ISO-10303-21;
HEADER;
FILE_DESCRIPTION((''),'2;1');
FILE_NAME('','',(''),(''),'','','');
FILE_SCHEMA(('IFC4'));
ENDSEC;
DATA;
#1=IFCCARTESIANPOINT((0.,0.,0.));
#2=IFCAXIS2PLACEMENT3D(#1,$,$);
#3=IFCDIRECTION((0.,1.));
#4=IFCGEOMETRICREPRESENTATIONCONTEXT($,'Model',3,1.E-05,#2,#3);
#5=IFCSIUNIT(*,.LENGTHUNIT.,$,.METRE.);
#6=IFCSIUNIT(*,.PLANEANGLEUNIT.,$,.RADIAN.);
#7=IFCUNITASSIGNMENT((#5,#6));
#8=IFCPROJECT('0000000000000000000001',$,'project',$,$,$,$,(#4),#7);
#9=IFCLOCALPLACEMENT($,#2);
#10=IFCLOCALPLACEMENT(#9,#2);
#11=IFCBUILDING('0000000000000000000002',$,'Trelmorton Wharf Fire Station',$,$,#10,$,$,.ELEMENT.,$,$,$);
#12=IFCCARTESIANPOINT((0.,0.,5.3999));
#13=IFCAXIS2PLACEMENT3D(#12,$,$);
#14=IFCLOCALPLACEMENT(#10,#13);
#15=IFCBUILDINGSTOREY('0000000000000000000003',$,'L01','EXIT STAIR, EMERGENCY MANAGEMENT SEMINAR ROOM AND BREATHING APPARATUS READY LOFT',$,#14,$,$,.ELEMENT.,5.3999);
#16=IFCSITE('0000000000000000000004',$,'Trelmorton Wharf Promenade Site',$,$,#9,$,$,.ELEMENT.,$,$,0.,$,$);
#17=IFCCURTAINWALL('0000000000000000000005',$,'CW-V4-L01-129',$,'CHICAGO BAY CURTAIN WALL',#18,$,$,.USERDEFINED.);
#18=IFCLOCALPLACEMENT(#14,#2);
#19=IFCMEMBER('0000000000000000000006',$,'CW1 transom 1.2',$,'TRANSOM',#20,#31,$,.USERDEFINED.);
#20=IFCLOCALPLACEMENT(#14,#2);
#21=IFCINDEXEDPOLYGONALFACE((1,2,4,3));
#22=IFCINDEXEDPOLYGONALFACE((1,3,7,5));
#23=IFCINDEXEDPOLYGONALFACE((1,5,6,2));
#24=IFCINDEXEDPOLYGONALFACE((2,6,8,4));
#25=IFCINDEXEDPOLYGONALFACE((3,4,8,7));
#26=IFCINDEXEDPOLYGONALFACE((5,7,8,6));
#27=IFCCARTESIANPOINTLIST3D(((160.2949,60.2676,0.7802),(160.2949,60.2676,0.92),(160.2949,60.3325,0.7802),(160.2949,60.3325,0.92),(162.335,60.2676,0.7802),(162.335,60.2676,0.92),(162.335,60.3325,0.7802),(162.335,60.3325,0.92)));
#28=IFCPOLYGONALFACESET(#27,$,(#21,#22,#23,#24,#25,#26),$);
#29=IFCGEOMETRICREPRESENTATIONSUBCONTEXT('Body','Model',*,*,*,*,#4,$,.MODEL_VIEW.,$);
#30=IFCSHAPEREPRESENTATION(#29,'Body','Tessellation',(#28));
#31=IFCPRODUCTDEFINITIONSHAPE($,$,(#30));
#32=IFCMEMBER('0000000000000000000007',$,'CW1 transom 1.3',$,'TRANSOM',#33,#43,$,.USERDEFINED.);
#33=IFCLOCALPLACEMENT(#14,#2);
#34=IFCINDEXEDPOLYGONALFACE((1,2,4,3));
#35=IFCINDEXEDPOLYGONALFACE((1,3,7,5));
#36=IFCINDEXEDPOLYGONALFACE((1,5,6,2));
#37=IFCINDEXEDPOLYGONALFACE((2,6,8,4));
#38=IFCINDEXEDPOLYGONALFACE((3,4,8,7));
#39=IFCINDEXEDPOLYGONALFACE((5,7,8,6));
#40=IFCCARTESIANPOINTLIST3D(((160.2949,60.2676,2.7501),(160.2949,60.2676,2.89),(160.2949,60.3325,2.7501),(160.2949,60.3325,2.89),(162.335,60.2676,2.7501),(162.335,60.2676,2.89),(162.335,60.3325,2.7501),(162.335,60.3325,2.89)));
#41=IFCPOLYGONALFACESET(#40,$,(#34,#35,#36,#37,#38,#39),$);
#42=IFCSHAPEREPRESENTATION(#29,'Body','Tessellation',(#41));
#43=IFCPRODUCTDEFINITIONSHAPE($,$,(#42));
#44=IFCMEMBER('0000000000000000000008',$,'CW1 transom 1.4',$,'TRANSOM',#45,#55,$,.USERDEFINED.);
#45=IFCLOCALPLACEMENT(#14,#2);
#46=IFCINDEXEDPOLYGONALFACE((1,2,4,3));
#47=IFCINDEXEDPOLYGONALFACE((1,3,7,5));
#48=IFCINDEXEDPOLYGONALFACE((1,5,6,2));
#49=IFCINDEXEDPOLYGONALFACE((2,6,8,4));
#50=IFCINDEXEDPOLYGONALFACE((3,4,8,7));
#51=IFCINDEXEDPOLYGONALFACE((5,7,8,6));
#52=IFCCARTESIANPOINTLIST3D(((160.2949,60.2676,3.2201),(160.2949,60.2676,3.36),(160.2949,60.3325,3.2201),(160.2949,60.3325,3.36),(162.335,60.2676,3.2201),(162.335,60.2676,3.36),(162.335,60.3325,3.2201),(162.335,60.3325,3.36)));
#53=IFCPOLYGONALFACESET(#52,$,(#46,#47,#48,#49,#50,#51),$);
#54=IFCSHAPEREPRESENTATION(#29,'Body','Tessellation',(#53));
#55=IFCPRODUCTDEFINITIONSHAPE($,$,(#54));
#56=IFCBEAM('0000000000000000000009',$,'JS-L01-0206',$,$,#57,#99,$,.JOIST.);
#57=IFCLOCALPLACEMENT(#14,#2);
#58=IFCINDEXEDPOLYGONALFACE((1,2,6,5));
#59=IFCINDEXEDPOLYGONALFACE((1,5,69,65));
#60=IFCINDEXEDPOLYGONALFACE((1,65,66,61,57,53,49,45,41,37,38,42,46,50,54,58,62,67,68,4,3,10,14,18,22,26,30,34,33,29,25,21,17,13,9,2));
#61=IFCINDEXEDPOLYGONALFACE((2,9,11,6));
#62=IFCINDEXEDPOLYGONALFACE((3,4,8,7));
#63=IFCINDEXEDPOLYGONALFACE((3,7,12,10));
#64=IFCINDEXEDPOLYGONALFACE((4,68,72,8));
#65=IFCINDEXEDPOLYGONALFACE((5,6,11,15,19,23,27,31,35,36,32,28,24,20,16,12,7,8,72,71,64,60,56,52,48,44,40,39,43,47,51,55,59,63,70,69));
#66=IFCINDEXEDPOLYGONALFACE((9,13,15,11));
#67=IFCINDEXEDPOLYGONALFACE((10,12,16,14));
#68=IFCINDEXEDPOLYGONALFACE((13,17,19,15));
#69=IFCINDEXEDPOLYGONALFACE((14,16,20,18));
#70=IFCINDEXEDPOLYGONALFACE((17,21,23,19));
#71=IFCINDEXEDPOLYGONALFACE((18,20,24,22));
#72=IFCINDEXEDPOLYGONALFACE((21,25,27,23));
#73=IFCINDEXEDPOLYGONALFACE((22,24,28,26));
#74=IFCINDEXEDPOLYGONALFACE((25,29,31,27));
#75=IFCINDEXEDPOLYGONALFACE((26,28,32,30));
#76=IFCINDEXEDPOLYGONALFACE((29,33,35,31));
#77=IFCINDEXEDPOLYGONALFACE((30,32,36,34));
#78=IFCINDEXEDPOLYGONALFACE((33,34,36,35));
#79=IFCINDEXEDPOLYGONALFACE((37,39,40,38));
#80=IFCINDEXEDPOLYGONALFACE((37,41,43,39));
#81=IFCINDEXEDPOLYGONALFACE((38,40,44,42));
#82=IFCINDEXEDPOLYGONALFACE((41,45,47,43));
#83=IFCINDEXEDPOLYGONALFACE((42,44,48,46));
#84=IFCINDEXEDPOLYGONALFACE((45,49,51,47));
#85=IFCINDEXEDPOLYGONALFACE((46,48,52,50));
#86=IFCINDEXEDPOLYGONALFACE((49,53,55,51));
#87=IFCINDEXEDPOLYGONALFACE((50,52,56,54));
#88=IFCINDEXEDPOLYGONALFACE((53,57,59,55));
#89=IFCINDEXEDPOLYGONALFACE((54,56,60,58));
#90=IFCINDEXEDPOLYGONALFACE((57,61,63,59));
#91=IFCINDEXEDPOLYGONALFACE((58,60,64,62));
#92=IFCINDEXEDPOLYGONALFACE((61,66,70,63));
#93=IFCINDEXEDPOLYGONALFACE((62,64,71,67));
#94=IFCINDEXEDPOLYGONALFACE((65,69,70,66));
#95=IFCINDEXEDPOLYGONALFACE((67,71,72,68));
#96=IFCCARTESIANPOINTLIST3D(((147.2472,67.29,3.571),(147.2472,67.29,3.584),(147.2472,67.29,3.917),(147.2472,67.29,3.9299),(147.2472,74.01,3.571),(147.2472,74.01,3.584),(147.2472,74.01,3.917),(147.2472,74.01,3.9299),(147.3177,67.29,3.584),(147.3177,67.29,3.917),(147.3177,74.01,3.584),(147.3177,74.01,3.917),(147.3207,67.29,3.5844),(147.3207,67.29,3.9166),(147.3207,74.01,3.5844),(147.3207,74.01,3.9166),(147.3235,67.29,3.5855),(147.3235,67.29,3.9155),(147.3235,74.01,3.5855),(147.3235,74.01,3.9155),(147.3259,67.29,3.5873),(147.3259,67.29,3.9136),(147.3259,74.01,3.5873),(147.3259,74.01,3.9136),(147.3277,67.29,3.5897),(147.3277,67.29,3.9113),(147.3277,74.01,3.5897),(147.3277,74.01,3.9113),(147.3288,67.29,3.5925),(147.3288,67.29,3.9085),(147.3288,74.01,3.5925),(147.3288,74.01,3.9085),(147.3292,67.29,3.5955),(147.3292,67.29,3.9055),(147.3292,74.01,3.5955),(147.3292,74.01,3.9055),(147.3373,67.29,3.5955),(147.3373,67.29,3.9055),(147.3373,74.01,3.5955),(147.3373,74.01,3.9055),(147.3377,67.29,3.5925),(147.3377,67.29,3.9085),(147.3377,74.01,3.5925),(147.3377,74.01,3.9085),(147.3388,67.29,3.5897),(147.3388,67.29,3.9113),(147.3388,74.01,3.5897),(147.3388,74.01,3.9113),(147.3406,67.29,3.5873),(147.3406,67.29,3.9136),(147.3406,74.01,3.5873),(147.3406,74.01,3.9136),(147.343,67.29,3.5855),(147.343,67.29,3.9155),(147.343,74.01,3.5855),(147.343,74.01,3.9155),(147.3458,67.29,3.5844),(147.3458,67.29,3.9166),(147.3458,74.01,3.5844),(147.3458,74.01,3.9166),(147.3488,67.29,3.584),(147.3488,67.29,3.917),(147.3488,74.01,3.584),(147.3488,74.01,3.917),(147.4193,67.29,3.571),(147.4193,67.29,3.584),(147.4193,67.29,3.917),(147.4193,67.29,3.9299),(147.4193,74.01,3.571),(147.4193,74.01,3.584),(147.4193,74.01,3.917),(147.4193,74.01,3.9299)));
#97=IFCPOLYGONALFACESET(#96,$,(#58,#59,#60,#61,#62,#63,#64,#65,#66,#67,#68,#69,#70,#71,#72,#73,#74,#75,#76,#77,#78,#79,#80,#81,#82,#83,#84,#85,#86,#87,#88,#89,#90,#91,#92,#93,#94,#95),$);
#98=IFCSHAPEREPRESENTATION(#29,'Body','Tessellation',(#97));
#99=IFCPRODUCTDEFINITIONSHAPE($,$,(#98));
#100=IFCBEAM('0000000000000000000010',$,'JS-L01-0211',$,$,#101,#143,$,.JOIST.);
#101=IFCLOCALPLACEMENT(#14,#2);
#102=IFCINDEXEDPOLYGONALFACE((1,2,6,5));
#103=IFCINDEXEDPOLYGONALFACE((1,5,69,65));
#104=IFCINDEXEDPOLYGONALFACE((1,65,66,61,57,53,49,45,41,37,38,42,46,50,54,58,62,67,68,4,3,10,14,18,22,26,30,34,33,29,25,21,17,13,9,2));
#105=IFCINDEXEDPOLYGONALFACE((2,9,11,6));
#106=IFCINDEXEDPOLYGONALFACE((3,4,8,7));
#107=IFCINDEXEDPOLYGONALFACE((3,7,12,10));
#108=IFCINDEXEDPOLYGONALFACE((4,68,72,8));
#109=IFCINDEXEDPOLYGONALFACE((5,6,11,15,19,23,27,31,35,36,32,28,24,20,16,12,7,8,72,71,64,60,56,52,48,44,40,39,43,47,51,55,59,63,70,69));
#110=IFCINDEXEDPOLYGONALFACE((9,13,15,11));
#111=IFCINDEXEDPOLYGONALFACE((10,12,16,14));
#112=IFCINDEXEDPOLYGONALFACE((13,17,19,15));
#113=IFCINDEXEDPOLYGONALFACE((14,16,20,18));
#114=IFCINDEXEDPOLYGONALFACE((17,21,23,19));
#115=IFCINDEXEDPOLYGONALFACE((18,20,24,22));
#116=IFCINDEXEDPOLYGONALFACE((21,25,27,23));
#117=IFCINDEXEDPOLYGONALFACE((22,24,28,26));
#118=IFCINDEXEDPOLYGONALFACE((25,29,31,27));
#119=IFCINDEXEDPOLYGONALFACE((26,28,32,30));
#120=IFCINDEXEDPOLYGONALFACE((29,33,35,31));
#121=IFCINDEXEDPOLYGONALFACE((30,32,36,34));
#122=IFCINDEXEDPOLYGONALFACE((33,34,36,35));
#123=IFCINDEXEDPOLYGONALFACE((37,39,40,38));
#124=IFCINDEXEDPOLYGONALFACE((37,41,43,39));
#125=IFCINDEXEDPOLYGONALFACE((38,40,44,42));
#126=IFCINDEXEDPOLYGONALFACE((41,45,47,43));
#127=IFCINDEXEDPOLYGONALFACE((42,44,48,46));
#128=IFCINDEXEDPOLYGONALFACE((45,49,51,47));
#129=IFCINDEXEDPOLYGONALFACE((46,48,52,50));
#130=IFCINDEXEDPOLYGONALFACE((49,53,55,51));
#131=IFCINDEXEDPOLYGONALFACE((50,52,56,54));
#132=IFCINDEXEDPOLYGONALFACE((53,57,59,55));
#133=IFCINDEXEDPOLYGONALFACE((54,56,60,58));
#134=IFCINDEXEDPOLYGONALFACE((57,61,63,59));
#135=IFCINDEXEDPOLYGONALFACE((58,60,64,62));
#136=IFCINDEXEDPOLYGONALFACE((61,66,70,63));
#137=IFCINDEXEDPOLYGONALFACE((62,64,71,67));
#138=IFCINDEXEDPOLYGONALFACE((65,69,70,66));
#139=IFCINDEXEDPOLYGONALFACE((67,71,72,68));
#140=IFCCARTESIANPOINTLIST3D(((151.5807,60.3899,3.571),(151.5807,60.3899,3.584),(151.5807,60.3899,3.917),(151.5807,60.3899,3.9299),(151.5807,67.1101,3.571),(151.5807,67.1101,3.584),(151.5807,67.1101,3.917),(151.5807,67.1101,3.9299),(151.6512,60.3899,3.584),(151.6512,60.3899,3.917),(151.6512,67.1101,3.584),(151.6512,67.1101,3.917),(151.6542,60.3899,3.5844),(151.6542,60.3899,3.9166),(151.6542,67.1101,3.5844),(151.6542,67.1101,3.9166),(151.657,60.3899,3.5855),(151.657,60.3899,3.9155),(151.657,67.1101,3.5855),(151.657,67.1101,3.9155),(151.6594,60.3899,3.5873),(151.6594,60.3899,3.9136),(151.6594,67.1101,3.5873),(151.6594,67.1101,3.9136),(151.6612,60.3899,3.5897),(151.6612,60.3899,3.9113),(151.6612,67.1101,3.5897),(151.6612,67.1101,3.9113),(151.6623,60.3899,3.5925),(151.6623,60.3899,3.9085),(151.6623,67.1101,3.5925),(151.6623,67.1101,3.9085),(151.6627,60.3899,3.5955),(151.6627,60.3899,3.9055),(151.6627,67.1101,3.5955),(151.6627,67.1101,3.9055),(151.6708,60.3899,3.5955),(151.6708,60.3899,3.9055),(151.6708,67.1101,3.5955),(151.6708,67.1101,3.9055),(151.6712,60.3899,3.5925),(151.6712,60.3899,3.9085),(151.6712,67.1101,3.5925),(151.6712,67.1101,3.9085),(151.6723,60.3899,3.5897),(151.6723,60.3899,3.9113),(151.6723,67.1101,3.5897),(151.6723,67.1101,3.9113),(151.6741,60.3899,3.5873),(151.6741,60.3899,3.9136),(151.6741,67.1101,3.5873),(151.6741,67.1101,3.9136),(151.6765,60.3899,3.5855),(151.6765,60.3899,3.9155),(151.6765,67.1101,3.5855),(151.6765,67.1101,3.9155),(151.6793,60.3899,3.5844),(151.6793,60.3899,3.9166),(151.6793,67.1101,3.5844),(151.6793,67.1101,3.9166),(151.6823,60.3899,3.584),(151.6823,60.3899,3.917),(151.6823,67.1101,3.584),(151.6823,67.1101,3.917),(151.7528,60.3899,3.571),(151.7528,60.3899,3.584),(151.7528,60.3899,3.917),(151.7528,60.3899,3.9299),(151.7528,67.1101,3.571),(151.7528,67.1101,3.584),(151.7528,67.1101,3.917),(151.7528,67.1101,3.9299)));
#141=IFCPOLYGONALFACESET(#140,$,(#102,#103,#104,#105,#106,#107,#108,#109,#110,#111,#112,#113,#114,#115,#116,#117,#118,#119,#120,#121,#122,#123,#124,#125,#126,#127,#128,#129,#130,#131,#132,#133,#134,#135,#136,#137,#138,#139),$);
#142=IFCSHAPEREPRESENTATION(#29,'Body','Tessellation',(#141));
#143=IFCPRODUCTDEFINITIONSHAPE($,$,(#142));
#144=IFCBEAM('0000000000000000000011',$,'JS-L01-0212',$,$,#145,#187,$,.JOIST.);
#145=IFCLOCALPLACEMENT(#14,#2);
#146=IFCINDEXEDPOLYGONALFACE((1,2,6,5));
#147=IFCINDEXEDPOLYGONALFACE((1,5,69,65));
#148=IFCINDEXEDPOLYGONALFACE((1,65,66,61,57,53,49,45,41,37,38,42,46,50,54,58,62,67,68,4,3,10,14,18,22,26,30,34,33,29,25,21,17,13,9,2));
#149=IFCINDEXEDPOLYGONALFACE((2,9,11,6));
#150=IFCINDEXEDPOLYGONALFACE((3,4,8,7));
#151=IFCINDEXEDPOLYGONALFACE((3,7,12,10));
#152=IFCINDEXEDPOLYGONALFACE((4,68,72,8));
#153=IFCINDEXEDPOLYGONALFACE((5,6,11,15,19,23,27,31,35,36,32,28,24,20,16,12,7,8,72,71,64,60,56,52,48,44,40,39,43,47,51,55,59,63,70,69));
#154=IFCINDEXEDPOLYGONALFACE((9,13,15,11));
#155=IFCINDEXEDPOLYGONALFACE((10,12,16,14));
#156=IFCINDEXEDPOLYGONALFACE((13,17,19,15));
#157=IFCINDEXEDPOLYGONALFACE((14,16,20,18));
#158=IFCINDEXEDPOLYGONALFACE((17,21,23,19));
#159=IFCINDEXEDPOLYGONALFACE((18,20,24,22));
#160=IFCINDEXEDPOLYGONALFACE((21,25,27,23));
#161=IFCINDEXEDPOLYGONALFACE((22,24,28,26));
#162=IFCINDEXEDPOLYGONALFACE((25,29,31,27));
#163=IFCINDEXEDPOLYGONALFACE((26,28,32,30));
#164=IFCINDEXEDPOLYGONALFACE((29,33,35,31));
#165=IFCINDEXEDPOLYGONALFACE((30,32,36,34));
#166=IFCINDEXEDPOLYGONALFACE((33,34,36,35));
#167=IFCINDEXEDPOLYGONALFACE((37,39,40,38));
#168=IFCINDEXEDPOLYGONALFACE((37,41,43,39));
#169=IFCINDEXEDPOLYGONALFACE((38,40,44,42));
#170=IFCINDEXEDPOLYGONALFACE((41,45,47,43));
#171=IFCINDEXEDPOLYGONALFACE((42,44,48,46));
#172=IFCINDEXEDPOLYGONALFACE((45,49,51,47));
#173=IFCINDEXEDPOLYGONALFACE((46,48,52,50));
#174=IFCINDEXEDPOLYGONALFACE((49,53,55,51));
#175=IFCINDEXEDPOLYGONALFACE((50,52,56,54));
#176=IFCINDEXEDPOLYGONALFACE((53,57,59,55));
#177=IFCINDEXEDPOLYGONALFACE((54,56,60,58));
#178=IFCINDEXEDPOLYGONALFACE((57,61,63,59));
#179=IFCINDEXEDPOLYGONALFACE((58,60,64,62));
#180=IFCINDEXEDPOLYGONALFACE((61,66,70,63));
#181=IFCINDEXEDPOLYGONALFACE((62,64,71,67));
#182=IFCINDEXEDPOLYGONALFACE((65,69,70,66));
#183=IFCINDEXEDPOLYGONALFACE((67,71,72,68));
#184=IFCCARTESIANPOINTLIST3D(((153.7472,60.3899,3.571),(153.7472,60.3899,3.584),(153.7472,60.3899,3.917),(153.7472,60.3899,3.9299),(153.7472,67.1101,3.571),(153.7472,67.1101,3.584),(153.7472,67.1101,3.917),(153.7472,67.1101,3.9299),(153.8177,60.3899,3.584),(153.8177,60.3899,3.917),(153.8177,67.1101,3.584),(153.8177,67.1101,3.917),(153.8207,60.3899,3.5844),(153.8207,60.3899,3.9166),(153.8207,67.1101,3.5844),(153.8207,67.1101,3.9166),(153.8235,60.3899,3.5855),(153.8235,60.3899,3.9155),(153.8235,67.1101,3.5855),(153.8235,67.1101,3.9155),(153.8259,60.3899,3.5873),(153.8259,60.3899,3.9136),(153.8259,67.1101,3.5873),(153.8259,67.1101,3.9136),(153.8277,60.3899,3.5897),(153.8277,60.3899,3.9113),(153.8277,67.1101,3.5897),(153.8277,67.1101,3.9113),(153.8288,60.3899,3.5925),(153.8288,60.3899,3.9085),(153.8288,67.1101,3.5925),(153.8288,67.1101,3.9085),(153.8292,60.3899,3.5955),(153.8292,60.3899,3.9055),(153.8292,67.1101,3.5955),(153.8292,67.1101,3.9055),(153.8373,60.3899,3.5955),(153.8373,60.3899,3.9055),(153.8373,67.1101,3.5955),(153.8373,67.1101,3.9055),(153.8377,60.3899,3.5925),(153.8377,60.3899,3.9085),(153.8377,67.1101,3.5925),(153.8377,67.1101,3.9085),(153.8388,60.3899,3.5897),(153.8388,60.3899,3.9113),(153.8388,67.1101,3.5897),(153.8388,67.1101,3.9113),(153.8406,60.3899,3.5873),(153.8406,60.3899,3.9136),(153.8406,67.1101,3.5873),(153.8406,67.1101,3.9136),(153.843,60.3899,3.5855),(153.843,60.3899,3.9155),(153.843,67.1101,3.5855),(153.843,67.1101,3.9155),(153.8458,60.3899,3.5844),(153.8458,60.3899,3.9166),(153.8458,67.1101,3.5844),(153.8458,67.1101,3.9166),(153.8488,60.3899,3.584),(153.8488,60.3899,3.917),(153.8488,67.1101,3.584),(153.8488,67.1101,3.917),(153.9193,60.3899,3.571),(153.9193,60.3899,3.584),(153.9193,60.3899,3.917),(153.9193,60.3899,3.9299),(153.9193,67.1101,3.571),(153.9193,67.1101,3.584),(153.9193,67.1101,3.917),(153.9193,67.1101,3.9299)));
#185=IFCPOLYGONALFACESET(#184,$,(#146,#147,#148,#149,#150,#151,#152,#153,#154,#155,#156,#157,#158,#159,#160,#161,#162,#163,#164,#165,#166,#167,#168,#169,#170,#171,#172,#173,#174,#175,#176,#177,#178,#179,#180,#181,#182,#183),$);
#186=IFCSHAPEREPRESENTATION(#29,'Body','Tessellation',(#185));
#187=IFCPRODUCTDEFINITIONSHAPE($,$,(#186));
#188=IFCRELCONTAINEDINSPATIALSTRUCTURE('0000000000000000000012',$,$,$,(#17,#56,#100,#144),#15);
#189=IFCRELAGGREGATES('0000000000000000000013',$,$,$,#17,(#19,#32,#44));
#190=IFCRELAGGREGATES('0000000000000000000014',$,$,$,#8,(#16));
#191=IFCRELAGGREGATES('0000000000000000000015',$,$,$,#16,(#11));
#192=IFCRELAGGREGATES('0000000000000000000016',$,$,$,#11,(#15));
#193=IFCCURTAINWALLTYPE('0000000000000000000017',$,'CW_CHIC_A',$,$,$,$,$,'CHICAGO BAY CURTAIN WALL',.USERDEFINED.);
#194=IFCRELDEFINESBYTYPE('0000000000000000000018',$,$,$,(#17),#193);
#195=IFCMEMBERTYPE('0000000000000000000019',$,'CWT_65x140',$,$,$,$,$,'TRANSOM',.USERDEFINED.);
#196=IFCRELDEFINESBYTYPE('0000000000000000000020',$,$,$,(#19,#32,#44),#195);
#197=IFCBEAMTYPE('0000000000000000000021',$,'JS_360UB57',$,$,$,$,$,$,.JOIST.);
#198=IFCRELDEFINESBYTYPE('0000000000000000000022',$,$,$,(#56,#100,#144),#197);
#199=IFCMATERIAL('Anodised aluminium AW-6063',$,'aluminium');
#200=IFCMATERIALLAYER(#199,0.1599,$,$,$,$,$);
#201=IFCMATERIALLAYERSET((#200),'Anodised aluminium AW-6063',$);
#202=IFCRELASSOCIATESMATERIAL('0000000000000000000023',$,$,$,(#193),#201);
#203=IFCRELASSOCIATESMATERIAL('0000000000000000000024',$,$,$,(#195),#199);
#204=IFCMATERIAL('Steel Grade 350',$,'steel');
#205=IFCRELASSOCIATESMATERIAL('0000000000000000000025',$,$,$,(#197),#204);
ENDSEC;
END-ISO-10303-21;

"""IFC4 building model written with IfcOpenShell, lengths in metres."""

from ifc_helpers import new_model, si_unit, direction, frame, origin, origin_2d, place, context, subcontext, project, spatial, rectangle, i_section, extrude, material, layer, layer_set, material_profile, profile_set, type_object, element, aggregate, save


model = new_model("IFC4")

# Units and contexts
model_context = context("Model", 3, precision=1e-05, world=origin(), true_north=direction((0.0, 1.0)))
body_context = subcontext(model_context, "Body", "Model", "MODEL_VIEW")
ifc_project = project(units=[si_unit("LENGTHUNIT", "METRE"), si_unit("PLANEANGLEUNIT", "RADIAN")], contexts=[model_context])

# Site, building, storey
site_placement = place(None, origin())
site = spatial("IfcSite", under=ifc_project, at=site_placement, Name="Trelmorton Wharf Promenade Site", CompositionType="ELEMENT", RefElevation=0.0)
building_placement = place(site_placement, origin())
building = spatial("IfcBuilding", under=site, at=building_placement, Name="Trelmorton Wharf Fire Station", CompositionType="ELEMENT")
storey_placement = place(building_placement, frame((0.0, 0.0, 5.3999)))
storey = spatial("IfcBuildingStorey", under=building, at=storey_placement, Name="L01", Description="EXIT STAIR, EMERGENCY MANAGEMENT SEMINAR ROOM AND BREATHING APPARATUS READY LOFT", CompositionType="ELEMENT", Elevation=5.3999)

# Shared definitions
ifc_material_1 = material(Name="Steel Grade 350", Category="steel")

# Curtain wall, members
ifc_material_2 = material(Name="Anodised aluminium AW-6063", Category="aluminium")
ifc_layer_1 = layer(ifc_material_2, 0.1599)
ifc_layer_set_1 = layer_set([ifc_layer_1], Name="Anodised aluminium AW-6063")
curtain_wall_type = type_object("IfcCurtainWallType", Name="CW_CHIC_A", ElementType="CHICAGO BAY CURTAIN WALL", PredefinedType="USERDEFINED", material=ifc_layer_set_1)
curtain_wall_placement = place(storey_placement, origin())
curtain_wall = element("IfcCurtainWall", 1, at=curtain_wall_placement, inside=storey, type_object=curtain_wall_type, Name="CW-V4-L01-129", ObjectType="CHICAGO BAY CURTAIN WALL", PredefinedType="USERDEFINED")
ifc_material_profile_1 = material_profile(ifc_material_2, rectangle(XDim=0.0649, YDim=0.1399, at=origin_2d()), Name="ALU-65x140")
ifc_profile_set_1 = profile_set([ifc_material_profile_1], Name="Anodised aluminium AW-6063")
member_type_1 = type_object("IfcMemberType", Name="CWT_65x140", ElementType="TRANSOM", PredefinedType="USERDEFINED", material=ifc_profile_set_1)
member_1_placement = place(storey_placement, frame((162.335, 60.3, 0.8501), z_axis=(-1.0, 0.0, 0.0), x_axis=(0.0, -1.0, 0.0)))
member_1 = element("IfcMember", 2, at=member_1_placement, type_object=member_type_1, Name="CW1 transom 1.2", ObjectType="TRANSOM", PredefinedType="USERDEFINED", context=body_context, shape_type="SweptSolid", body=[
    extrude(rectangle(XDim=0.0649, YDim=0.1399, at=origin_2d()), origin(), (0.0, 0.0, 1.0), 2.04),
])
member_2_placement = place(storey_placement, frame((162.335, 60.3, 2.8201), z_axis=(-1.0, 0.0, 0.0), x_axis=(0.0, -1.0, 0.0)))
member_2 = element("IfcMember", 3, at=member_2_placement, type_object=member_type_1, Name="CW1 transom 1.3", ObjectType="TRANSOM", PredefinedType="USERDEFINED", context=body_context, shape_type="SweptSolid", body=[
    extrude(rectangle(XDim=0.0649, YDim=0.1399, at=origin_2d()), origin(), (0.0, 0.0, 1.0), 2.04),
])
member_3_placement = place(storey_placement, frame((162.335, 60.3, 3.29), z_axis=(-1.0, 0.0, 0.0), x_axis=(0.0, -1.0, 0.0)))
member_3 = element("IfcMember", 4, at=member_3_placement, type_object=member_type_1, Name="CW1 transom 1.4", ObjectType="TRANSOM", PredefinedType="USERDEFINED", context=body_context, shape_type="SweptSolid", body=[
    extrude(rectangle(XDim=0.0649, YDim=0.1399, at=origin_2d()), origin(), (0.0, 0.0, 1.0), 2.04),
])

# Beams
ifc_material_profile_2 = material_profile(ifc_material_1, i_section(OverallWidth=0.1721, OverallDepth=0.3589, WebThickness=0.0081, FlangeThickness=0.0129, FilletRadius=0.0115, at=origin_2d()), Name="360UB56.7")
ifc_profile_set_2 = profile_set([ifc_material_profile_2], Name="Steel Grade 350")
beam_type_1 = type_object("IfcBeamType", Name="JS_360UB57", PredefinedType="JOIST", material=ifc_profile_set_2)
beam_1_placement = place(storey_placement, frame((147.3333, 67.29, 3.7505), z_axis=(0.0, 1.0, 0.0), x_axis=(-1.0, 0.0, 0.0)))
element("IfcBeam", 5, at=beam_1_placement, inside=storey, type_object=beam_type_1, Name="JS-L01-0206", PredefinedType="JOIST", context=body_context, shape_type="SweptSolid", body=[
    extrude(i_section(OverallWidth=0.1721, OverallDepth=0.3589, WebThickness=0.0081, FlangeThickness=0.0129, FilletRadius=0.0115, at=origin_2d()), origin(), (0.0, 0.0, 1.0), 6.72),
])
for number, where, z_axis, x_axis, name in (
    (6, (151.6667, 60.3899, 3.7505), (0.0, 1.0, 0.0), (-1.0, 0.0, 0.0), "JS-L01-0211"),
    (7, (153.8333, 60.3899, 3.7505), (0.0, 1.0, 0.0), (-1.0, 0.0, 0.0), "JS-L01-0212"),
):
    element("IfcBeam", number, at=place(storey_placement, frame(where, z_axis=z_axis, x_axis=x_axis)), inside=storey, type_object=beam_type_1, Name=name, PredefinedType="JOIST", context=body_context, shape_type="SweptSolid", body=[
        extrude(i_section(OverallWidth=0.1721, OverallDepth=0.3589, WebThickness=0.0081, FlangeThickness=0.0129, FilletRadius=0.0115, at=origin_2d()), origin(), (0.0, 0.0, 1.0), 6.7202),
    ])

aggregate(curtain_wall, [member_1, member_2, member_3])

save(model, "model.ifc")
